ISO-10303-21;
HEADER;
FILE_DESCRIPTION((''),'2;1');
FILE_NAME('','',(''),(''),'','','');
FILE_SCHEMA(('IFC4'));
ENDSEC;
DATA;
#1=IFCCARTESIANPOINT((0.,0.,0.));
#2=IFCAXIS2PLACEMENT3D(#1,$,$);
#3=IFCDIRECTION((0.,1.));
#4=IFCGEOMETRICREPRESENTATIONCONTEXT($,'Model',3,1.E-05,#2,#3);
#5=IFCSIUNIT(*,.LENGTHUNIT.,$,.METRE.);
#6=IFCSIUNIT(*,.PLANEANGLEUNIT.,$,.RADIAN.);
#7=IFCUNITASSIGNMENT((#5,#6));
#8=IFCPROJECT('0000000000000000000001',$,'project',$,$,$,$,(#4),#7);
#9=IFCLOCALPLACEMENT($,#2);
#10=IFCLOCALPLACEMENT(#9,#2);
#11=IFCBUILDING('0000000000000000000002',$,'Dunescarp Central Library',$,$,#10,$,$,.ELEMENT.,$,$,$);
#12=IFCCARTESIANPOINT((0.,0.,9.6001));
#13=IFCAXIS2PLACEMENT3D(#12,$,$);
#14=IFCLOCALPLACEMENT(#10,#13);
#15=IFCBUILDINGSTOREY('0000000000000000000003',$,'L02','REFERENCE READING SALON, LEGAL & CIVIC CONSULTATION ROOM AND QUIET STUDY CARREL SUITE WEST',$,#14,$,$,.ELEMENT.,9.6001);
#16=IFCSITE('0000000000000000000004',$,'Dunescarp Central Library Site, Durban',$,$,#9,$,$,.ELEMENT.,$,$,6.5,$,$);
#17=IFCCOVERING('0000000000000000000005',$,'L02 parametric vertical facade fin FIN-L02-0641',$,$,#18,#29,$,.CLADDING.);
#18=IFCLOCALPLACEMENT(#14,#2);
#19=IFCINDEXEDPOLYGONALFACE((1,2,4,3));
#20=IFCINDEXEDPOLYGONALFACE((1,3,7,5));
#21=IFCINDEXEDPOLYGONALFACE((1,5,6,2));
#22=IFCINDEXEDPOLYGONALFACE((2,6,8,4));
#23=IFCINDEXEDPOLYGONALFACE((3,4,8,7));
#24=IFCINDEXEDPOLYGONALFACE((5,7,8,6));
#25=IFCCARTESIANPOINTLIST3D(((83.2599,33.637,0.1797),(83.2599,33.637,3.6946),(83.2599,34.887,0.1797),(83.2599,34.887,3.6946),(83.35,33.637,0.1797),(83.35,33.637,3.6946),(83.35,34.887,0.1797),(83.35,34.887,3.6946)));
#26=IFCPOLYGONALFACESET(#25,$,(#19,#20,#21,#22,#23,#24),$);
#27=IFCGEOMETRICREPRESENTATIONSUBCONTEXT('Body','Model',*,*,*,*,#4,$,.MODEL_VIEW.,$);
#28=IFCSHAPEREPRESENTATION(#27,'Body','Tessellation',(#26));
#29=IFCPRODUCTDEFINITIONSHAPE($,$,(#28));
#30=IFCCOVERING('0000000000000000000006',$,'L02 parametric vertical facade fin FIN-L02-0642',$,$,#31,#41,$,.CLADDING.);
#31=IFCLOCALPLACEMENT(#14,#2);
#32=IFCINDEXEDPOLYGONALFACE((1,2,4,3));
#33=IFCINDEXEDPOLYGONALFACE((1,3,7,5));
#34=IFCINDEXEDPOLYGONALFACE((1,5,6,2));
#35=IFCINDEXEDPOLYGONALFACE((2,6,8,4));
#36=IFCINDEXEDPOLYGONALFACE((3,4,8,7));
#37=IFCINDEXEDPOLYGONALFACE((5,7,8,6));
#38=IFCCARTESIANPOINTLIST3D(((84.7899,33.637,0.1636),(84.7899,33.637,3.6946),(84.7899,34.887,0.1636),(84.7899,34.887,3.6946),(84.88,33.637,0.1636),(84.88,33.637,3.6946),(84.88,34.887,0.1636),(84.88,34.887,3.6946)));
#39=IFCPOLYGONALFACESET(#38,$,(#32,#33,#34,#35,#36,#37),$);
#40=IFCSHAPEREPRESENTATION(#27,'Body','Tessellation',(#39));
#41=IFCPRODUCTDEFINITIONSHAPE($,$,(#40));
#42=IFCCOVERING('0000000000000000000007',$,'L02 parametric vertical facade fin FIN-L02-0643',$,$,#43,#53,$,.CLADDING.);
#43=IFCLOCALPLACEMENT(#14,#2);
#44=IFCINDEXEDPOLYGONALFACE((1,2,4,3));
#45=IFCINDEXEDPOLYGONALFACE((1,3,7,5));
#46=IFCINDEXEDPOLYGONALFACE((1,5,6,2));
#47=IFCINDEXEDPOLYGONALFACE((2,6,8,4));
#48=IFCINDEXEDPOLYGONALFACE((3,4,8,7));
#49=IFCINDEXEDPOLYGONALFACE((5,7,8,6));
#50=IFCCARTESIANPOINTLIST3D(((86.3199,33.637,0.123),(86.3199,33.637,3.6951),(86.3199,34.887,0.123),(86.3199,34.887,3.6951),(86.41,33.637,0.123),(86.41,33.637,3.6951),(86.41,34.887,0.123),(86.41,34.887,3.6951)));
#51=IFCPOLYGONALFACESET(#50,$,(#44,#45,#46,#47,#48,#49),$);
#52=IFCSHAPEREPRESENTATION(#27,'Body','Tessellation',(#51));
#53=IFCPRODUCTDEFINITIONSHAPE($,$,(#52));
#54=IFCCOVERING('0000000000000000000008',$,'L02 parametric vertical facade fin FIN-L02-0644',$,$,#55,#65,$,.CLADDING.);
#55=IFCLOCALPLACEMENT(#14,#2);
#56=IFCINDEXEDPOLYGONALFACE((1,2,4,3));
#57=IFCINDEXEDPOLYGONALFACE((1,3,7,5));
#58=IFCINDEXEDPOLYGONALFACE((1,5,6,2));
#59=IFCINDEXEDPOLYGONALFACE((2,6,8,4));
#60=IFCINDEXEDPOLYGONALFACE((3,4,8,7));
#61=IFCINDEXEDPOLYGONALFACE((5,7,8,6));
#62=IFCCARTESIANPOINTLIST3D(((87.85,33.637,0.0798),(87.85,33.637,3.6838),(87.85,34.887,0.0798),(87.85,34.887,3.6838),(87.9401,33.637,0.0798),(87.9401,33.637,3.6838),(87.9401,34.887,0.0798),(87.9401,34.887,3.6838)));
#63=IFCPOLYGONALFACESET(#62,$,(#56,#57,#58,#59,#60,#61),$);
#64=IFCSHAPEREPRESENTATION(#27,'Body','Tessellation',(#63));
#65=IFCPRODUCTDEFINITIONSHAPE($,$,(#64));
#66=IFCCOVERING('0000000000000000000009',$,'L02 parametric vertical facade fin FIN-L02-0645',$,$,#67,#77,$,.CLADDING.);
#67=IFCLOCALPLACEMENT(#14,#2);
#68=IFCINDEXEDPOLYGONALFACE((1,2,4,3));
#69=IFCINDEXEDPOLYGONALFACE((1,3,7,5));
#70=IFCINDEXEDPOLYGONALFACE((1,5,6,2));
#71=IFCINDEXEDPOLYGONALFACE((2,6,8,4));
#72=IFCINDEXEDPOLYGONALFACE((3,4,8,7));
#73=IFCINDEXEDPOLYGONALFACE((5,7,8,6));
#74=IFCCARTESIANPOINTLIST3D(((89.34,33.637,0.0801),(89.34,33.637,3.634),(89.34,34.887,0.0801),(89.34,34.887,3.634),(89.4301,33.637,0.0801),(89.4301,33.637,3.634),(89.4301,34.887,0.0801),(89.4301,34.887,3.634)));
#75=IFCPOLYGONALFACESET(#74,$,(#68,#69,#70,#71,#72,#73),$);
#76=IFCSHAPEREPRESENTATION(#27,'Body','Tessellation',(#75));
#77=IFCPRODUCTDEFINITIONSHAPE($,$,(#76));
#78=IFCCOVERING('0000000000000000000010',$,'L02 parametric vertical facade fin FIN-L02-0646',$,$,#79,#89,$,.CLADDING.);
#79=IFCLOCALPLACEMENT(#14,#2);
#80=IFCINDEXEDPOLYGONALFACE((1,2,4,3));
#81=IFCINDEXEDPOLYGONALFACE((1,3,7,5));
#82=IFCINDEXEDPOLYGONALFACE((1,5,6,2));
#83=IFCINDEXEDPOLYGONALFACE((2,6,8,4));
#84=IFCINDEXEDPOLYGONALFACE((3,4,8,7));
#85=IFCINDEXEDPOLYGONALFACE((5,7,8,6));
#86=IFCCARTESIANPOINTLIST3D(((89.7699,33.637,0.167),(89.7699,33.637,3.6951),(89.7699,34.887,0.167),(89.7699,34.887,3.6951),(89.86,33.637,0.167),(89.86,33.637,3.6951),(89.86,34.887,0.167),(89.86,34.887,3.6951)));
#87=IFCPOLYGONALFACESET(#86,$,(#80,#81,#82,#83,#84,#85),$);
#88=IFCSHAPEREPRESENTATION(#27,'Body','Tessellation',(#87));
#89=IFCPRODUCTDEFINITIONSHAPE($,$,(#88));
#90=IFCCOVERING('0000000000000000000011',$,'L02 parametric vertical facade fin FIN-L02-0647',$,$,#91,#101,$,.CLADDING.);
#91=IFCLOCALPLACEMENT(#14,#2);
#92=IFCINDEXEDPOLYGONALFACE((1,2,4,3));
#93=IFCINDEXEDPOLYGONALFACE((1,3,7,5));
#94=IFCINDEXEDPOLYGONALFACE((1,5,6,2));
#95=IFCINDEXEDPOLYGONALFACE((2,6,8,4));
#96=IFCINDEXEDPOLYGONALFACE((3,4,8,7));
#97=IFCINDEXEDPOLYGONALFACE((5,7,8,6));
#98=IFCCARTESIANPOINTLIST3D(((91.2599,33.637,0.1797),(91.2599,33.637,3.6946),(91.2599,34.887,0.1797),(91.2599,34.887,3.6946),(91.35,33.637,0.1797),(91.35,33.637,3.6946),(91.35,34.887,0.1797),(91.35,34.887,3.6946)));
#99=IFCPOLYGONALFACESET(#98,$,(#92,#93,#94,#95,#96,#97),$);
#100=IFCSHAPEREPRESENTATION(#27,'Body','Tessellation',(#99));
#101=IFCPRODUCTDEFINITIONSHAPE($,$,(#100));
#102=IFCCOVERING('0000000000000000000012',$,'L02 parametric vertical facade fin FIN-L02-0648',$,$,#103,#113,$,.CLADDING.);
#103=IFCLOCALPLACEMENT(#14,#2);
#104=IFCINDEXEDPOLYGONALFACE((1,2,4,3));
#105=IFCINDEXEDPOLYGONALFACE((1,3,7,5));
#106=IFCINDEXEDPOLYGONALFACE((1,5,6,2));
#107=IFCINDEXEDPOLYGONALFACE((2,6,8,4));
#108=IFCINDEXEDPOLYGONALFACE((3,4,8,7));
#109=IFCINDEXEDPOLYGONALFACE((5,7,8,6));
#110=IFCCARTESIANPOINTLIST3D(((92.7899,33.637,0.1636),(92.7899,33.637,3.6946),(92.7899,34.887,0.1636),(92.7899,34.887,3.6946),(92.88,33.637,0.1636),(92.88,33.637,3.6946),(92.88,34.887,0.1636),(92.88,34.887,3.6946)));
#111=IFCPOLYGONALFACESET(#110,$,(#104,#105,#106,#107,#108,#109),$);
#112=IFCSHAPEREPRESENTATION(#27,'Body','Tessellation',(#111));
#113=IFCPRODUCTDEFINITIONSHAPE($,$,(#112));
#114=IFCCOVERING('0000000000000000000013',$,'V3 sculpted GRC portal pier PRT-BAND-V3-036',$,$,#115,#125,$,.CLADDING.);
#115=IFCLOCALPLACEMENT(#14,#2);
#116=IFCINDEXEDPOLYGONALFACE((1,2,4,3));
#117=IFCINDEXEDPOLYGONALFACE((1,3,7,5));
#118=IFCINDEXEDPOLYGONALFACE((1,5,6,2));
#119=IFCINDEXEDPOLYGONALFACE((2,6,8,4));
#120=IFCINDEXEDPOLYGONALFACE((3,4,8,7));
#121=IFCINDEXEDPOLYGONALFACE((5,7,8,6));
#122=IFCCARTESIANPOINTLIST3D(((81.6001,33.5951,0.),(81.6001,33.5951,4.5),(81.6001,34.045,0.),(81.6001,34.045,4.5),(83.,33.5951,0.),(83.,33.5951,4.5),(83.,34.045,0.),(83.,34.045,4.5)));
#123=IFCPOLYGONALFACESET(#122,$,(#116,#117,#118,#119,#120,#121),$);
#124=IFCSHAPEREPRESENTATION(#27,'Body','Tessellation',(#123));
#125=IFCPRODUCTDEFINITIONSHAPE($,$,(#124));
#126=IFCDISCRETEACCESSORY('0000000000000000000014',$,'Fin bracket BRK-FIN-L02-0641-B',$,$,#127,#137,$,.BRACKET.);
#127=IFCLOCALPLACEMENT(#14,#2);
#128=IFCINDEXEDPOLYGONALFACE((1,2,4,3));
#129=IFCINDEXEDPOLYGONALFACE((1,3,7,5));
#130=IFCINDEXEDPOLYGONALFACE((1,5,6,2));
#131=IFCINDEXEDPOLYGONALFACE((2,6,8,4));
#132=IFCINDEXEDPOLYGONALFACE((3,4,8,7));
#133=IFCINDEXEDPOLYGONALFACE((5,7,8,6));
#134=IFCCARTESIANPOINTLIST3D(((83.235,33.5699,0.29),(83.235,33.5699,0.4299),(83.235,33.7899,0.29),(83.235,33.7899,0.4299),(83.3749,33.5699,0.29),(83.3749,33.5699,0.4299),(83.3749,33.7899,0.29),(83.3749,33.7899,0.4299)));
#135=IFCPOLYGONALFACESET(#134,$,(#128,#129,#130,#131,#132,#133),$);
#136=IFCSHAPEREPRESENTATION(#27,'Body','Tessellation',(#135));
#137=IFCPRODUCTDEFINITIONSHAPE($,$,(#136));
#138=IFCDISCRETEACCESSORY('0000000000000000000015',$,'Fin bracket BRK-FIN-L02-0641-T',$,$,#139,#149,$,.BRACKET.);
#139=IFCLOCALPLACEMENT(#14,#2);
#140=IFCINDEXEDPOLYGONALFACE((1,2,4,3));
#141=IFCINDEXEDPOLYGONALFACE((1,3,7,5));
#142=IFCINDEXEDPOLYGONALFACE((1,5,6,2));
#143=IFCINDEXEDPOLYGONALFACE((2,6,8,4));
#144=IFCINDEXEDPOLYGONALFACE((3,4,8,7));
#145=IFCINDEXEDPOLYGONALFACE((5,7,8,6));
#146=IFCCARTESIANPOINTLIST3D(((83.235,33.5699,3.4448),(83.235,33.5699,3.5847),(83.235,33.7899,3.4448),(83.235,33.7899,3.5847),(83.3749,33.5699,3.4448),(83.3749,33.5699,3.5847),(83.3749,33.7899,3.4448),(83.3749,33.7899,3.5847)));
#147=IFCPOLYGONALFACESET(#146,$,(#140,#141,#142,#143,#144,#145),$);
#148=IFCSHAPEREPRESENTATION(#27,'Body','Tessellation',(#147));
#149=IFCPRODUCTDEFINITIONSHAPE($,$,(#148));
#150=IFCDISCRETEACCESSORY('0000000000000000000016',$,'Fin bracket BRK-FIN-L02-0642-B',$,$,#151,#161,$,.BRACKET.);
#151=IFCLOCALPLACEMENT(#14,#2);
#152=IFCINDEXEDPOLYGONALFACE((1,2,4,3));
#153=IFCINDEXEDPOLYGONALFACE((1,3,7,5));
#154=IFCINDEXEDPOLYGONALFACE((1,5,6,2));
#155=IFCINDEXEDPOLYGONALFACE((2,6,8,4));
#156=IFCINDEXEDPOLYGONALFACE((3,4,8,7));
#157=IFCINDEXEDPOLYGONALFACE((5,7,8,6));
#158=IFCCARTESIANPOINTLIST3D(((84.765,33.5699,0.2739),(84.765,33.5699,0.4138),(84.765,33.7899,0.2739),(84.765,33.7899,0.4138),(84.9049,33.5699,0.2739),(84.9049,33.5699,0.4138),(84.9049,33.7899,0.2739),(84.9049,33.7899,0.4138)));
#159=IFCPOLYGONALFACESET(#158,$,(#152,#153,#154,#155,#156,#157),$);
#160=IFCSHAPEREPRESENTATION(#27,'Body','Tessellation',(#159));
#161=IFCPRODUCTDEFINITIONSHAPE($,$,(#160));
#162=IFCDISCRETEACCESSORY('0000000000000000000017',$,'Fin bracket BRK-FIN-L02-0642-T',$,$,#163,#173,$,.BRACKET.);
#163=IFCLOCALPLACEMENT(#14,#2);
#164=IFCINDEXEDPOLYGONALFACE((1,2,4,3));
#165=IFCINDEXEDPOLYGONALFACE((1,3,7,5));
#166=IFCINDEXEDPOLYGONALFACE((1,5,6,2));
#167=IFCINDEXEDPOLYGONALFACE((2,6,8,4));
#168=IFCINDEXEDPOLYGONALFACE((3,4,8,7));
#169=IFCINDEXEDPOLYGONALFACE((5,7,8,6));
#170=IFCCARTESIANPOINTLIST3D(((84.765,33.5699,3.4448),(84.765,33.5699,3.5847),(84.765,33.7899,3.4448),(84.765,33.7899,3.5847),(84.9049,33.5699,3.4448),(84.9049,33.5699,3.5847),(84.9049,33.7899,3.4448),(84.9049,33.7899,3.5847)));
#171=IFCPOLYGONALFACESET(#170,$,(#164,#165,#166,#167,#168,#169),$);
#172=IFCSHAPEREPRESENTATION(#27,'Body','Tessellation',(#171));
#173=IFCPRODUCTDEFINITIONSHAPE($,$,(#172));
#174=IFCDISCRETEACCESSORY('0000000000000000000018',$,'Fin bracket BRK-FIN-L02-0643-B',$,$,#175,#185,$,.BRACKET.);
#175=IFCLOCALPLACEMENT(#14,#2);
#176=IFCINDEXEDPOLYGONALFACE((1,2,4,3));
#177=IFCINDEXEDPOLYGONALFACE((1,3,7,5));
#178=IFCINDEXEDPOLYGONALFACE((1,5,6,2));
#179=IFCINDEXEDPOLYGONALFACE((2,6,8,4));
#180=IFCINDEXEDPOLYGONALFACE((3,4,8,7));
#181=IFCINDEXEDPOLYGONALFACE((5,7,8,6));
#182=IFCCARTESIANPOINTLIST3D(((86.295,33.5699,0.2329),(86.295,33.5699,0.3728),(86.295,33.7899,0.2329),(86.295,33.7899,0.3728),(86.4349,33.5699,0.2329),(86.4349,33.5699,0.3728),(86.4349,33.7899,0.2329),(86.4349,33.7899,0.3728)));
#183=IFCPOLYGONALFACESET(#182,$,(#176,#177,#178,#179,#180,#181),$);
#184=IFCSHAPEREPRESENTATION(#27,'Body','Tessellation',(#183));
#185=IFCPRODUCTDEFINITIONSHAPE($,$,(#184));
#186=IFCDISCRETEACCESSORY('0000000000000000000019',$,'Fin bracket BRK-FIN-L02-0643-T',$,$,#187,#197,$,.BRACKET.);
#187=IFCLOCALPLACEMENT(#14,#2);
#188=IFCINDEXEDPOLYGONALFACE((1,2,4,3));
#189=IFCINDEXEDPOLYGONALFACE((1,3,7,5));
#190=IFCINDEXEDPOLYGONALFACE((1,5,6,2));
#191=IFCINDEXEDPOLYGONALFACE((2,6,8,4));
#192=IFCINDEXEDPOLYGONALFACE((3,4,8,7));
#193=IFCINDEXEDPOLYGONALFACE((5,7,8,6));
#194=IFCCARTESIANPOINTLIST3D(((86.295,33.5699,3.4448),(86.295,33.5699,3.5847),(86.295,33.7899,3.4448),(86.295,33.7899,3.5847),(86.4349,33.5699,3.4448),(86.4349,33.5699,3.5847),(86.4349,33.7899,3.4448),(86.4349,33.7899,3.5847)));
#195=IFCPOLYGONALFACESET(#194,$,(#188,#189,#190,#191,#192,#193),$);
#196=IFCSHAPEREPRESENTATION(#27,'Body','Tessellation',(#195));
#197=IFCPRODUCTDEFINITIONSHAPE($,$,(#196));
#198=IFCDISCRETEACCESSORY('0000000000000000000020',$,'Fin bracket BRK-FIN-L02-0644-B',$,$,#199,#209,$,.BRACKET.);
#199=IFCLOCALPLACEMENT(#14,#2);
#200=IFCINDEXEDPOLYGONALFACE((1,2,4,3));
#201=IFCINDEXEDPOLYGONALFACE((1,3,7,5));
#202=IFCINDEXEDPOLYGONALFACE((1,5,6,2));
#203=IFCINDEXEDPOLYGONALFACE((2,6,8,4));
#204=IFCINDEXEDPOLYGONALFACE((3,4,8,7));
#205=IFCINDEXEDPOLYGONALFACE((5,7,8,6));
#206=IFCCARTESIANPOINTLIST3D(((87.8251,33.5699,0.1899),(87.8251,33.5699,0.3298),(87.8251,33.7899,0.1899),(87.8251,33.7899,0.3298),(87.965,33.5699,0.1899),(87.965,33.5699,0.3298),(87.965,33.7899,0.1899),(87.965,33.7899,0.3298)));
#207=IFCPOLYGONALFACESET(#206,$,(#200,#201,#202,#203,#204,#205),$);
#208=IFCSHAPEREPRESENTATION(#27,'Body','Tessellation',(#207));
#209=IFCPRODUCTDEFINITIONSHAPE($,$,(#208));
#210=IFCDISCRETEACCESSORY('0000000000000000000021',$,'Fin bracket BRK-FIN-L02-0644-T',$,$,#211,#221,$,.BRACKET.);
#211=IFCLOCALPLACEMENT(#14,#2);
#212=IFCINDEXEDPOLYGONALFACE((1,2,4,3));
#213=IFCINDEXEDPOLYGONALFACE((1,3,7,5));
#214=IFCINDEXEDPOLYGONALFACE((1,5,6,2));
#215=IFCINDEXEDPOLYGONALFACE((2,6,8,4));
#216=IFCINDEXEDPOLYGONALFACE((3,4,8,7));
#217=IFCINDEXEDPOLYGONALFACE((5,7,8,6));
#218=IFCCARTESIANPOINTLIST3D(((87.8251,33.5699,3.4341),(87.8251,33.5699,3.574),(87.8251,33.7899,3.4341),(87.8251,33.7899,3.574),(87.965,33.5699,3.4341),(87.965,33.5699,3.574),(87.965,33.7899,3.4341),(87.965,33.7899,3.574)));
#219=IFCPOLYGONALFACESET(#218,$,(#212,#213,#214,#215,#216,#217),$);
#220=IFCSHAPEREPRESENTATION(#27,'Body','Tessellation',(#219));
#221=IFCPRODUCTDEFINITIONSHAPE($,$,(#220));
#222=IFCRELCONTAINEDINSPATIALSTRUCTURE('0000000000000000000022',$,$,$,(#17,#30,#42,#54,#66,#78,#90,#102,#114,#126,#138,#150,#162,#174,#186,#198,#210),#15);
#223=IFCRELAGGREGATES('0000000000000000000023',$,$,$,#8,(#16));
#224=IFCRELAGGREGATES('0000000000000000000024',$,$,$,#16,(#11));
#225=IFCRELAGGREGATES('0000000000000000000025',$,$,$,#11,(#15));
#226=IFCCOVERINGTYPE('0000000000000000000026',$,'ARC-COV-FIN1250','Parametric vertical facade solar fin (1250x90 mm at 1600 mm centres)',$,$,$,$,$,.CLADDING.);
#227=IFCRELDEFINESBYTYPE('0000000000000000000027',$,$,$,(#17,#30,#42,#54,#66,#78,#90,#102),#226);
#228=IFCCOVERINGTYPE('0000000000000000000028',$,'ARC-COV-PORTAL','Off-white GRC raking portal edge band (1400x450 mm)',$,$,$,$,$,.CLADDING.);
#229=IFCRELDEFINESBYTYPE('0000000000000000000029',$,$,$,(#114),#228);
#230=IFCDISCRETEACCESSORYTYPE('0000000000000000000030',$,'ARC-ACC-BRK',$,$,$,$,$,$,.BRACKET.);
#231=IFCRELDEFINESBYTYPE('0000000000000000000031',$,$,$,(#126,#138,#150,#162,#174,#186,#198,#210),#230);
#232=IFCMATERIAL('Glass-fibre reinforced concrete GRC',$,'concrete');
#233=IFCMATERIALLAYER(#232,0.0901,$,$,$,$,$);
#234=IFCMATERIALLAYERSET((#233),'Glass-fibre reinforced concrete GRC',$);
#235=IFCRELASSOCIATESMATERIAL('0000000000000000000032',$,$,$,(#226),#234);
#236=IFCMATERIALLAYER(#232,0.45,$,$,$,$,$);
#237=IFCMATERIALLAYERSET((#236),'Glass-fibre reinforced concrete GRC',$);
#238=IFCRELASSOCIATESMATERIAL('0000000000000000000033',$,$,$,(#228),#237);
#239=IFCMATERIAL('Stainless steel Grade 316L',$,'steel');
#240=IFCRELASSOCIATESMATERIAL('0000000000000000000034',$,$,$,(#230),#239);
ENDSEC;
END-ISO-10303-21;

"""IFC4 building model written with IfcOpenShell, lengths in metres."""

from ifc_helpers import new_model, si_unit, direction, frame, origin, origin_2d, place, context, subcontext, project, spatial, rectangle, extrude, material, layer, layer_set, type_object, element, save


model = new_model("IFC4")

# Units and contexts
model_context = context("Model", 3, precision=1e-05, world=origin(), true_north=direction((0.0, 1.0)))
body_context = subcontext(model_context, "Body", "Model", "MODEL_VIEW")
ifc_project = project(units=[si_unit("LENGTHUNIT", "METRE"), si_unit("PLANEANGLEUNIT", "RADIAN")], contexts=[model_context])

# Site, building, storey
site_placement = place(None, origin())
site = spatial("IfcSite", under=ifc_project, at=site_placement, Name="Dunescarp Central Library Site, Durban", CompositionType="ELEMENT", RefElevation=6.5)
building_placement = place(site_placement, origin())
building = spatial("IfcBuilding", under=site, at=building_placement, Name="Dunescarp Central Library", CompositionType="ELEMENT")
storey_placement = place(building_placement, frame((0.0, 0.0, 9.6001)))
storey = spatial("IfcBuildingStorey", under=building, at=storey_placement, Name="L02", Description="REFERENCE READING SALON, LEGAL & CIVIC CONSULTATION ROOM AND QUIET STUDY CARREL SUITE WEST", CompositionType="ELEMENT", Elevation=9.6001)

# Coverings
ifc_material_1 = material(Name="Glass-fibre reinforced concrete GRC", Category="concrete")
ifc_layer_1 = layer(ifc_material_1, 0.0901)
ifc_layer_set_1 = layer_set([ifc_layer_1], Name="Glass-fibre reinforced concrete GRC")
covering_type_1 = type_object("IfcCoveringType", Name="ARC-COV-FIN1250", Description="Parametric vertical facade solar fin (1250x90 mm at 1600 mm centres)", PredefinedType="CLADDING", material=ifc_layer_set_1)
covering_1_placement = place(storey_placement, frame((83.3049, 34.262, 0.1797), z_axis=(0.0, 0.0, 1.0), x_axis=(0.0, 1.0, 0.0)))
element("IfcCovering", 1, at=covering_1_placement, inside=storey, type_object=covering_type_1, Name="L02 parametric vertical facade fin FIN-L02-0641", PredefinedType="CLADDING", context=body_context, shape_type="SweptSolid", body=[
    extrude(rectangle(XDim=1.25, YDim=0.0901, at=origin_2d()), origin(), (0.0, 0.0, 1.0), 3.5149),
])
covering_2_placement = place(storey_placement, frame((84.835, 34.262, 0.1636), z_axis=(0.0, 0.0, 1.0), x_axis=(0.0, 1.0, 0.0)))
element("IfcCovering", 2, at=covering_2_placement, inside=storey, type_object=covering_type_1, Name="L02 parametric vertical facade fin FIN-L02-0642", PredefinedType="CLADDING", context=body_context, shape_type="SweptSolid", body=[
    extrude(rectangle(XDim=1.25, YDim=0.0901, at=origin_2d()), origin(), (0.0, 0.0, 1.0), 3.531),
])
covering_3_placement = place(storey_placement, frame((86.365, 34.262, 0.123), z_axis=(0.0, 0.0, 1.0), x_axis=(0.0, 1.0, 0.0)))
element("IfcCovering", 3, at=covering_3_placement, inside=storey, type_object=covering_type_1, Name="L02 parametric vertical facade fin FIN-L02-0643", PredefinedType="CLADDING", context=body_context, shape_type="SweptSolid", body=[
    extrude(rectangle(XDim=1.25, YDim=0.0901, at=origin_2d()), origin(), (0.0, 0.0, 1.0), 3.572),
])
covering_4_placement = place(storey_placement, frame((87.895, 34.262, 0.0798), z_axis=(0.0, 0.0, 1.0), x_axis=(0.0, 1.0, 0.0)))
element("IfcCovering", 4, at=covering_4_placement, inside=storey, type_object=covering_type_1, Name="L02 parametric vertical facade fin FIN-L02-0644", PredefinedType="CLADDING", context=body_context, shape_type="SweptSolid", body=[
    extrude(rectangle(XDim=1.25, YDim=0.0901, at=origin_2d()), origin(), (0.0, 0.0, 1.0), 3.604),
])
covering_5_placement = place(storey_placement, frame((89.385, 34.262, 0.0801), z_axis=(0.0, 0.0, 1.0), x_axis=(0.0, 1.0, 0.0)))
element("IfcCovering", 5, at=covering_5_placement, inside=storey, type_object=covering_type_1, Name="L02 parametric vertical facade fin FIN-L02-0645", PredefinedType="CLADDING", context=body_context, shape_type="SweptSolid", body=[
    extrude(rectangle(XDim=1.25, YDim=0.0901, at=origin_2d()), origin(), (0.0, 0.0, 1.0), 3.554),
])
covering_6_placement = place(storey_placement, frame((89.8149, 34.262, 0.167), z_axis=(0.0, 0.0, 1.0), x_axis=(0.0, 1.0, 0.0)))
element("IfcCovering", 6, at=covering_6_placement, inside=storey, type_object=covering_type_1, Name="L02 parametric vertical facade fin FIN-L02-0646", PredefinedType="CLADDING", context=body_context, shape_type="SweptSolid", body=[
    extrude(rectangle(XDim=1.25, YDim=0.0901, at=origin_2d()), origin(), (0.0, 0.0, 1.0), 3.5281),
])
covering_7_placement = place(storey_placement, frame((91.3049, 34.262, 0.1797), z_axis=(0.0, 0.0, 1.0), x_axis=(0.0, 1.0, 0.0)))
element("IfcCovering", 7, at=covering_7_placement, inside=storey, type_object=covering_type_1, Name="L02 parametric vertical facade fin FIN-L02-0647", PredefinedType="CLADDING", context=body_context, shape_type="SweptSolid", body=[
    extrude(rectangle(XDim=1.25, YDim=0.0901, at=origin_2d()), origin(), (0.0, 0.0, 1.0), 3.5149),
])
covering_8_placement = place(storey_placement, frame((92.835, 34.262, 0.1636), z_axis=(0.0, 0.0, 1.0), x_axis=(0.0, 1.0, 0.0)))
element("IfcCovering", 8, at=covering_8_placement, inside=storey, type_object=covering_type_1, Name="L02 parametric vertical facade fin FIN-L02-0648", PredefinedType="CLADDING", context=body_context, shape_type="SweptSolid", body=[
    extrude(rectangle(XDim=1.25, YDim=0.0901, at=origin_2d()), origin(), (0.0, 0.0, 1.0), 3.531),
])
ifc_layer_2 = layer(ifc_material_1, 0.45)
ifc_layer_set_2 = layer_set([ifc_layer_2], Name="Glass-fibre reinforced concrete GRC")
covering_type_2 = type_object("IfcCoveringType", Name="ARC-COV-PORTAL", Description="Off-white GRC raking portal edge band (1400x450 mm)", PredefinedType="CLADDING", material=ifc_layer_set_2)
covering_9_placement = place(storey_placement, frame((82.3, 33.8201, 0.0), z_axis=(0.0, 0.0, 1.0), x_axis=(1.0, 0.0, 0.0)))
element("IfcCovering", 9, at=covering_9_placement, inside=storey, type_object=covering_type_2, Name="V3 sculpted GRC portal pier PRT-BAND-V3-036", PredefinedType="CLADDING", context=body_context, shape_type="SweptSolid", body=[
    extrude(rectangle(XDim=1.3999, YDim=0.45, at=origin_2d()), origin(), (0.0, 0.0, 1.0), 4.5),
])

# Discrete accessories
ifc_material_2 = material(Name="Stainless steel Grade 316L", Category="steel")
discrete_accessory_type = type_object("IfcDiscreteAccessoryType", Name="ARC-ACC-BRK", PredefinedType="BRACKET", material=ifc_material_2)
for number, where, z_axis, x_axis, name in (
    (10, (83.3049, 33.6799, 0.29), (0.0, 0.0, 1.0), (0.0, 1.0, 0.0), "Fin bracket BRK-FIN-L02-0641-B"),
    (11, (83.3049, 33.6799, 3.4448), (0.0, 0.0, 1.0), (0.0, 1.0, 0.0), "Fin bracket BRK-FIN-L02-0641-T"),
    (12, (84.835, 33.6799, 0.2739), (0.0, 0.0, 1.0), (0.0, 1.0, 0.0), "Fin bracket BRK-FIN-L02-0642-B"),
    (13, (84.835, 33.6799, 3.4448), (0.0, 0.0, 1.0), (0.0, 1.0, 0.0), "Fin bracket BRK-FIN-L02-0642-T"),
    (14, (86.365, 33.6799, 0.2329), (0.0, 0.0, 1.0), (0.0, 1.0, 0.0), "Fin bracket BRK-FIN-L02-0643-B"),
    (15, (86.365, 33.6799, 3.4448), (0.0, 0.0, 1.0), (0.0, 1.0, 0.0), "Fin bracket BRK-FIN-L02-0643-T"),
    (16, (87.895, 33.6799, 0.1899), (0.0, 0.0, 1.0), (0.0, 1.0, 0.0), "Fin bracket BRK-FIN-L02-0644-B"),
    (17, (87.895, 33.6799, 3.4341), (0.0, 0.0, 1.0), (0.0, 1.0, 0.0), "Fin bracket BRK-FIN-L02-0644-T"),
):
    element("IfcDiscreteAccessory", number, at=place(storey_placement, frame(where, z_axis=z_axis, x_axis=x_axis)), inside=storey, type_object=discrete_accessory_type, Name=name, PredefinedType="BRACKET", context=body_context, shape_type="SweptSolid", body=[
        extrude(rectangle(XDim=0.22, YDim=0.1399, at=origin_2d()), origin(), (0.0, 0.0, 1.0), 0.1399),
    ])

save(model, "model.ifc")
